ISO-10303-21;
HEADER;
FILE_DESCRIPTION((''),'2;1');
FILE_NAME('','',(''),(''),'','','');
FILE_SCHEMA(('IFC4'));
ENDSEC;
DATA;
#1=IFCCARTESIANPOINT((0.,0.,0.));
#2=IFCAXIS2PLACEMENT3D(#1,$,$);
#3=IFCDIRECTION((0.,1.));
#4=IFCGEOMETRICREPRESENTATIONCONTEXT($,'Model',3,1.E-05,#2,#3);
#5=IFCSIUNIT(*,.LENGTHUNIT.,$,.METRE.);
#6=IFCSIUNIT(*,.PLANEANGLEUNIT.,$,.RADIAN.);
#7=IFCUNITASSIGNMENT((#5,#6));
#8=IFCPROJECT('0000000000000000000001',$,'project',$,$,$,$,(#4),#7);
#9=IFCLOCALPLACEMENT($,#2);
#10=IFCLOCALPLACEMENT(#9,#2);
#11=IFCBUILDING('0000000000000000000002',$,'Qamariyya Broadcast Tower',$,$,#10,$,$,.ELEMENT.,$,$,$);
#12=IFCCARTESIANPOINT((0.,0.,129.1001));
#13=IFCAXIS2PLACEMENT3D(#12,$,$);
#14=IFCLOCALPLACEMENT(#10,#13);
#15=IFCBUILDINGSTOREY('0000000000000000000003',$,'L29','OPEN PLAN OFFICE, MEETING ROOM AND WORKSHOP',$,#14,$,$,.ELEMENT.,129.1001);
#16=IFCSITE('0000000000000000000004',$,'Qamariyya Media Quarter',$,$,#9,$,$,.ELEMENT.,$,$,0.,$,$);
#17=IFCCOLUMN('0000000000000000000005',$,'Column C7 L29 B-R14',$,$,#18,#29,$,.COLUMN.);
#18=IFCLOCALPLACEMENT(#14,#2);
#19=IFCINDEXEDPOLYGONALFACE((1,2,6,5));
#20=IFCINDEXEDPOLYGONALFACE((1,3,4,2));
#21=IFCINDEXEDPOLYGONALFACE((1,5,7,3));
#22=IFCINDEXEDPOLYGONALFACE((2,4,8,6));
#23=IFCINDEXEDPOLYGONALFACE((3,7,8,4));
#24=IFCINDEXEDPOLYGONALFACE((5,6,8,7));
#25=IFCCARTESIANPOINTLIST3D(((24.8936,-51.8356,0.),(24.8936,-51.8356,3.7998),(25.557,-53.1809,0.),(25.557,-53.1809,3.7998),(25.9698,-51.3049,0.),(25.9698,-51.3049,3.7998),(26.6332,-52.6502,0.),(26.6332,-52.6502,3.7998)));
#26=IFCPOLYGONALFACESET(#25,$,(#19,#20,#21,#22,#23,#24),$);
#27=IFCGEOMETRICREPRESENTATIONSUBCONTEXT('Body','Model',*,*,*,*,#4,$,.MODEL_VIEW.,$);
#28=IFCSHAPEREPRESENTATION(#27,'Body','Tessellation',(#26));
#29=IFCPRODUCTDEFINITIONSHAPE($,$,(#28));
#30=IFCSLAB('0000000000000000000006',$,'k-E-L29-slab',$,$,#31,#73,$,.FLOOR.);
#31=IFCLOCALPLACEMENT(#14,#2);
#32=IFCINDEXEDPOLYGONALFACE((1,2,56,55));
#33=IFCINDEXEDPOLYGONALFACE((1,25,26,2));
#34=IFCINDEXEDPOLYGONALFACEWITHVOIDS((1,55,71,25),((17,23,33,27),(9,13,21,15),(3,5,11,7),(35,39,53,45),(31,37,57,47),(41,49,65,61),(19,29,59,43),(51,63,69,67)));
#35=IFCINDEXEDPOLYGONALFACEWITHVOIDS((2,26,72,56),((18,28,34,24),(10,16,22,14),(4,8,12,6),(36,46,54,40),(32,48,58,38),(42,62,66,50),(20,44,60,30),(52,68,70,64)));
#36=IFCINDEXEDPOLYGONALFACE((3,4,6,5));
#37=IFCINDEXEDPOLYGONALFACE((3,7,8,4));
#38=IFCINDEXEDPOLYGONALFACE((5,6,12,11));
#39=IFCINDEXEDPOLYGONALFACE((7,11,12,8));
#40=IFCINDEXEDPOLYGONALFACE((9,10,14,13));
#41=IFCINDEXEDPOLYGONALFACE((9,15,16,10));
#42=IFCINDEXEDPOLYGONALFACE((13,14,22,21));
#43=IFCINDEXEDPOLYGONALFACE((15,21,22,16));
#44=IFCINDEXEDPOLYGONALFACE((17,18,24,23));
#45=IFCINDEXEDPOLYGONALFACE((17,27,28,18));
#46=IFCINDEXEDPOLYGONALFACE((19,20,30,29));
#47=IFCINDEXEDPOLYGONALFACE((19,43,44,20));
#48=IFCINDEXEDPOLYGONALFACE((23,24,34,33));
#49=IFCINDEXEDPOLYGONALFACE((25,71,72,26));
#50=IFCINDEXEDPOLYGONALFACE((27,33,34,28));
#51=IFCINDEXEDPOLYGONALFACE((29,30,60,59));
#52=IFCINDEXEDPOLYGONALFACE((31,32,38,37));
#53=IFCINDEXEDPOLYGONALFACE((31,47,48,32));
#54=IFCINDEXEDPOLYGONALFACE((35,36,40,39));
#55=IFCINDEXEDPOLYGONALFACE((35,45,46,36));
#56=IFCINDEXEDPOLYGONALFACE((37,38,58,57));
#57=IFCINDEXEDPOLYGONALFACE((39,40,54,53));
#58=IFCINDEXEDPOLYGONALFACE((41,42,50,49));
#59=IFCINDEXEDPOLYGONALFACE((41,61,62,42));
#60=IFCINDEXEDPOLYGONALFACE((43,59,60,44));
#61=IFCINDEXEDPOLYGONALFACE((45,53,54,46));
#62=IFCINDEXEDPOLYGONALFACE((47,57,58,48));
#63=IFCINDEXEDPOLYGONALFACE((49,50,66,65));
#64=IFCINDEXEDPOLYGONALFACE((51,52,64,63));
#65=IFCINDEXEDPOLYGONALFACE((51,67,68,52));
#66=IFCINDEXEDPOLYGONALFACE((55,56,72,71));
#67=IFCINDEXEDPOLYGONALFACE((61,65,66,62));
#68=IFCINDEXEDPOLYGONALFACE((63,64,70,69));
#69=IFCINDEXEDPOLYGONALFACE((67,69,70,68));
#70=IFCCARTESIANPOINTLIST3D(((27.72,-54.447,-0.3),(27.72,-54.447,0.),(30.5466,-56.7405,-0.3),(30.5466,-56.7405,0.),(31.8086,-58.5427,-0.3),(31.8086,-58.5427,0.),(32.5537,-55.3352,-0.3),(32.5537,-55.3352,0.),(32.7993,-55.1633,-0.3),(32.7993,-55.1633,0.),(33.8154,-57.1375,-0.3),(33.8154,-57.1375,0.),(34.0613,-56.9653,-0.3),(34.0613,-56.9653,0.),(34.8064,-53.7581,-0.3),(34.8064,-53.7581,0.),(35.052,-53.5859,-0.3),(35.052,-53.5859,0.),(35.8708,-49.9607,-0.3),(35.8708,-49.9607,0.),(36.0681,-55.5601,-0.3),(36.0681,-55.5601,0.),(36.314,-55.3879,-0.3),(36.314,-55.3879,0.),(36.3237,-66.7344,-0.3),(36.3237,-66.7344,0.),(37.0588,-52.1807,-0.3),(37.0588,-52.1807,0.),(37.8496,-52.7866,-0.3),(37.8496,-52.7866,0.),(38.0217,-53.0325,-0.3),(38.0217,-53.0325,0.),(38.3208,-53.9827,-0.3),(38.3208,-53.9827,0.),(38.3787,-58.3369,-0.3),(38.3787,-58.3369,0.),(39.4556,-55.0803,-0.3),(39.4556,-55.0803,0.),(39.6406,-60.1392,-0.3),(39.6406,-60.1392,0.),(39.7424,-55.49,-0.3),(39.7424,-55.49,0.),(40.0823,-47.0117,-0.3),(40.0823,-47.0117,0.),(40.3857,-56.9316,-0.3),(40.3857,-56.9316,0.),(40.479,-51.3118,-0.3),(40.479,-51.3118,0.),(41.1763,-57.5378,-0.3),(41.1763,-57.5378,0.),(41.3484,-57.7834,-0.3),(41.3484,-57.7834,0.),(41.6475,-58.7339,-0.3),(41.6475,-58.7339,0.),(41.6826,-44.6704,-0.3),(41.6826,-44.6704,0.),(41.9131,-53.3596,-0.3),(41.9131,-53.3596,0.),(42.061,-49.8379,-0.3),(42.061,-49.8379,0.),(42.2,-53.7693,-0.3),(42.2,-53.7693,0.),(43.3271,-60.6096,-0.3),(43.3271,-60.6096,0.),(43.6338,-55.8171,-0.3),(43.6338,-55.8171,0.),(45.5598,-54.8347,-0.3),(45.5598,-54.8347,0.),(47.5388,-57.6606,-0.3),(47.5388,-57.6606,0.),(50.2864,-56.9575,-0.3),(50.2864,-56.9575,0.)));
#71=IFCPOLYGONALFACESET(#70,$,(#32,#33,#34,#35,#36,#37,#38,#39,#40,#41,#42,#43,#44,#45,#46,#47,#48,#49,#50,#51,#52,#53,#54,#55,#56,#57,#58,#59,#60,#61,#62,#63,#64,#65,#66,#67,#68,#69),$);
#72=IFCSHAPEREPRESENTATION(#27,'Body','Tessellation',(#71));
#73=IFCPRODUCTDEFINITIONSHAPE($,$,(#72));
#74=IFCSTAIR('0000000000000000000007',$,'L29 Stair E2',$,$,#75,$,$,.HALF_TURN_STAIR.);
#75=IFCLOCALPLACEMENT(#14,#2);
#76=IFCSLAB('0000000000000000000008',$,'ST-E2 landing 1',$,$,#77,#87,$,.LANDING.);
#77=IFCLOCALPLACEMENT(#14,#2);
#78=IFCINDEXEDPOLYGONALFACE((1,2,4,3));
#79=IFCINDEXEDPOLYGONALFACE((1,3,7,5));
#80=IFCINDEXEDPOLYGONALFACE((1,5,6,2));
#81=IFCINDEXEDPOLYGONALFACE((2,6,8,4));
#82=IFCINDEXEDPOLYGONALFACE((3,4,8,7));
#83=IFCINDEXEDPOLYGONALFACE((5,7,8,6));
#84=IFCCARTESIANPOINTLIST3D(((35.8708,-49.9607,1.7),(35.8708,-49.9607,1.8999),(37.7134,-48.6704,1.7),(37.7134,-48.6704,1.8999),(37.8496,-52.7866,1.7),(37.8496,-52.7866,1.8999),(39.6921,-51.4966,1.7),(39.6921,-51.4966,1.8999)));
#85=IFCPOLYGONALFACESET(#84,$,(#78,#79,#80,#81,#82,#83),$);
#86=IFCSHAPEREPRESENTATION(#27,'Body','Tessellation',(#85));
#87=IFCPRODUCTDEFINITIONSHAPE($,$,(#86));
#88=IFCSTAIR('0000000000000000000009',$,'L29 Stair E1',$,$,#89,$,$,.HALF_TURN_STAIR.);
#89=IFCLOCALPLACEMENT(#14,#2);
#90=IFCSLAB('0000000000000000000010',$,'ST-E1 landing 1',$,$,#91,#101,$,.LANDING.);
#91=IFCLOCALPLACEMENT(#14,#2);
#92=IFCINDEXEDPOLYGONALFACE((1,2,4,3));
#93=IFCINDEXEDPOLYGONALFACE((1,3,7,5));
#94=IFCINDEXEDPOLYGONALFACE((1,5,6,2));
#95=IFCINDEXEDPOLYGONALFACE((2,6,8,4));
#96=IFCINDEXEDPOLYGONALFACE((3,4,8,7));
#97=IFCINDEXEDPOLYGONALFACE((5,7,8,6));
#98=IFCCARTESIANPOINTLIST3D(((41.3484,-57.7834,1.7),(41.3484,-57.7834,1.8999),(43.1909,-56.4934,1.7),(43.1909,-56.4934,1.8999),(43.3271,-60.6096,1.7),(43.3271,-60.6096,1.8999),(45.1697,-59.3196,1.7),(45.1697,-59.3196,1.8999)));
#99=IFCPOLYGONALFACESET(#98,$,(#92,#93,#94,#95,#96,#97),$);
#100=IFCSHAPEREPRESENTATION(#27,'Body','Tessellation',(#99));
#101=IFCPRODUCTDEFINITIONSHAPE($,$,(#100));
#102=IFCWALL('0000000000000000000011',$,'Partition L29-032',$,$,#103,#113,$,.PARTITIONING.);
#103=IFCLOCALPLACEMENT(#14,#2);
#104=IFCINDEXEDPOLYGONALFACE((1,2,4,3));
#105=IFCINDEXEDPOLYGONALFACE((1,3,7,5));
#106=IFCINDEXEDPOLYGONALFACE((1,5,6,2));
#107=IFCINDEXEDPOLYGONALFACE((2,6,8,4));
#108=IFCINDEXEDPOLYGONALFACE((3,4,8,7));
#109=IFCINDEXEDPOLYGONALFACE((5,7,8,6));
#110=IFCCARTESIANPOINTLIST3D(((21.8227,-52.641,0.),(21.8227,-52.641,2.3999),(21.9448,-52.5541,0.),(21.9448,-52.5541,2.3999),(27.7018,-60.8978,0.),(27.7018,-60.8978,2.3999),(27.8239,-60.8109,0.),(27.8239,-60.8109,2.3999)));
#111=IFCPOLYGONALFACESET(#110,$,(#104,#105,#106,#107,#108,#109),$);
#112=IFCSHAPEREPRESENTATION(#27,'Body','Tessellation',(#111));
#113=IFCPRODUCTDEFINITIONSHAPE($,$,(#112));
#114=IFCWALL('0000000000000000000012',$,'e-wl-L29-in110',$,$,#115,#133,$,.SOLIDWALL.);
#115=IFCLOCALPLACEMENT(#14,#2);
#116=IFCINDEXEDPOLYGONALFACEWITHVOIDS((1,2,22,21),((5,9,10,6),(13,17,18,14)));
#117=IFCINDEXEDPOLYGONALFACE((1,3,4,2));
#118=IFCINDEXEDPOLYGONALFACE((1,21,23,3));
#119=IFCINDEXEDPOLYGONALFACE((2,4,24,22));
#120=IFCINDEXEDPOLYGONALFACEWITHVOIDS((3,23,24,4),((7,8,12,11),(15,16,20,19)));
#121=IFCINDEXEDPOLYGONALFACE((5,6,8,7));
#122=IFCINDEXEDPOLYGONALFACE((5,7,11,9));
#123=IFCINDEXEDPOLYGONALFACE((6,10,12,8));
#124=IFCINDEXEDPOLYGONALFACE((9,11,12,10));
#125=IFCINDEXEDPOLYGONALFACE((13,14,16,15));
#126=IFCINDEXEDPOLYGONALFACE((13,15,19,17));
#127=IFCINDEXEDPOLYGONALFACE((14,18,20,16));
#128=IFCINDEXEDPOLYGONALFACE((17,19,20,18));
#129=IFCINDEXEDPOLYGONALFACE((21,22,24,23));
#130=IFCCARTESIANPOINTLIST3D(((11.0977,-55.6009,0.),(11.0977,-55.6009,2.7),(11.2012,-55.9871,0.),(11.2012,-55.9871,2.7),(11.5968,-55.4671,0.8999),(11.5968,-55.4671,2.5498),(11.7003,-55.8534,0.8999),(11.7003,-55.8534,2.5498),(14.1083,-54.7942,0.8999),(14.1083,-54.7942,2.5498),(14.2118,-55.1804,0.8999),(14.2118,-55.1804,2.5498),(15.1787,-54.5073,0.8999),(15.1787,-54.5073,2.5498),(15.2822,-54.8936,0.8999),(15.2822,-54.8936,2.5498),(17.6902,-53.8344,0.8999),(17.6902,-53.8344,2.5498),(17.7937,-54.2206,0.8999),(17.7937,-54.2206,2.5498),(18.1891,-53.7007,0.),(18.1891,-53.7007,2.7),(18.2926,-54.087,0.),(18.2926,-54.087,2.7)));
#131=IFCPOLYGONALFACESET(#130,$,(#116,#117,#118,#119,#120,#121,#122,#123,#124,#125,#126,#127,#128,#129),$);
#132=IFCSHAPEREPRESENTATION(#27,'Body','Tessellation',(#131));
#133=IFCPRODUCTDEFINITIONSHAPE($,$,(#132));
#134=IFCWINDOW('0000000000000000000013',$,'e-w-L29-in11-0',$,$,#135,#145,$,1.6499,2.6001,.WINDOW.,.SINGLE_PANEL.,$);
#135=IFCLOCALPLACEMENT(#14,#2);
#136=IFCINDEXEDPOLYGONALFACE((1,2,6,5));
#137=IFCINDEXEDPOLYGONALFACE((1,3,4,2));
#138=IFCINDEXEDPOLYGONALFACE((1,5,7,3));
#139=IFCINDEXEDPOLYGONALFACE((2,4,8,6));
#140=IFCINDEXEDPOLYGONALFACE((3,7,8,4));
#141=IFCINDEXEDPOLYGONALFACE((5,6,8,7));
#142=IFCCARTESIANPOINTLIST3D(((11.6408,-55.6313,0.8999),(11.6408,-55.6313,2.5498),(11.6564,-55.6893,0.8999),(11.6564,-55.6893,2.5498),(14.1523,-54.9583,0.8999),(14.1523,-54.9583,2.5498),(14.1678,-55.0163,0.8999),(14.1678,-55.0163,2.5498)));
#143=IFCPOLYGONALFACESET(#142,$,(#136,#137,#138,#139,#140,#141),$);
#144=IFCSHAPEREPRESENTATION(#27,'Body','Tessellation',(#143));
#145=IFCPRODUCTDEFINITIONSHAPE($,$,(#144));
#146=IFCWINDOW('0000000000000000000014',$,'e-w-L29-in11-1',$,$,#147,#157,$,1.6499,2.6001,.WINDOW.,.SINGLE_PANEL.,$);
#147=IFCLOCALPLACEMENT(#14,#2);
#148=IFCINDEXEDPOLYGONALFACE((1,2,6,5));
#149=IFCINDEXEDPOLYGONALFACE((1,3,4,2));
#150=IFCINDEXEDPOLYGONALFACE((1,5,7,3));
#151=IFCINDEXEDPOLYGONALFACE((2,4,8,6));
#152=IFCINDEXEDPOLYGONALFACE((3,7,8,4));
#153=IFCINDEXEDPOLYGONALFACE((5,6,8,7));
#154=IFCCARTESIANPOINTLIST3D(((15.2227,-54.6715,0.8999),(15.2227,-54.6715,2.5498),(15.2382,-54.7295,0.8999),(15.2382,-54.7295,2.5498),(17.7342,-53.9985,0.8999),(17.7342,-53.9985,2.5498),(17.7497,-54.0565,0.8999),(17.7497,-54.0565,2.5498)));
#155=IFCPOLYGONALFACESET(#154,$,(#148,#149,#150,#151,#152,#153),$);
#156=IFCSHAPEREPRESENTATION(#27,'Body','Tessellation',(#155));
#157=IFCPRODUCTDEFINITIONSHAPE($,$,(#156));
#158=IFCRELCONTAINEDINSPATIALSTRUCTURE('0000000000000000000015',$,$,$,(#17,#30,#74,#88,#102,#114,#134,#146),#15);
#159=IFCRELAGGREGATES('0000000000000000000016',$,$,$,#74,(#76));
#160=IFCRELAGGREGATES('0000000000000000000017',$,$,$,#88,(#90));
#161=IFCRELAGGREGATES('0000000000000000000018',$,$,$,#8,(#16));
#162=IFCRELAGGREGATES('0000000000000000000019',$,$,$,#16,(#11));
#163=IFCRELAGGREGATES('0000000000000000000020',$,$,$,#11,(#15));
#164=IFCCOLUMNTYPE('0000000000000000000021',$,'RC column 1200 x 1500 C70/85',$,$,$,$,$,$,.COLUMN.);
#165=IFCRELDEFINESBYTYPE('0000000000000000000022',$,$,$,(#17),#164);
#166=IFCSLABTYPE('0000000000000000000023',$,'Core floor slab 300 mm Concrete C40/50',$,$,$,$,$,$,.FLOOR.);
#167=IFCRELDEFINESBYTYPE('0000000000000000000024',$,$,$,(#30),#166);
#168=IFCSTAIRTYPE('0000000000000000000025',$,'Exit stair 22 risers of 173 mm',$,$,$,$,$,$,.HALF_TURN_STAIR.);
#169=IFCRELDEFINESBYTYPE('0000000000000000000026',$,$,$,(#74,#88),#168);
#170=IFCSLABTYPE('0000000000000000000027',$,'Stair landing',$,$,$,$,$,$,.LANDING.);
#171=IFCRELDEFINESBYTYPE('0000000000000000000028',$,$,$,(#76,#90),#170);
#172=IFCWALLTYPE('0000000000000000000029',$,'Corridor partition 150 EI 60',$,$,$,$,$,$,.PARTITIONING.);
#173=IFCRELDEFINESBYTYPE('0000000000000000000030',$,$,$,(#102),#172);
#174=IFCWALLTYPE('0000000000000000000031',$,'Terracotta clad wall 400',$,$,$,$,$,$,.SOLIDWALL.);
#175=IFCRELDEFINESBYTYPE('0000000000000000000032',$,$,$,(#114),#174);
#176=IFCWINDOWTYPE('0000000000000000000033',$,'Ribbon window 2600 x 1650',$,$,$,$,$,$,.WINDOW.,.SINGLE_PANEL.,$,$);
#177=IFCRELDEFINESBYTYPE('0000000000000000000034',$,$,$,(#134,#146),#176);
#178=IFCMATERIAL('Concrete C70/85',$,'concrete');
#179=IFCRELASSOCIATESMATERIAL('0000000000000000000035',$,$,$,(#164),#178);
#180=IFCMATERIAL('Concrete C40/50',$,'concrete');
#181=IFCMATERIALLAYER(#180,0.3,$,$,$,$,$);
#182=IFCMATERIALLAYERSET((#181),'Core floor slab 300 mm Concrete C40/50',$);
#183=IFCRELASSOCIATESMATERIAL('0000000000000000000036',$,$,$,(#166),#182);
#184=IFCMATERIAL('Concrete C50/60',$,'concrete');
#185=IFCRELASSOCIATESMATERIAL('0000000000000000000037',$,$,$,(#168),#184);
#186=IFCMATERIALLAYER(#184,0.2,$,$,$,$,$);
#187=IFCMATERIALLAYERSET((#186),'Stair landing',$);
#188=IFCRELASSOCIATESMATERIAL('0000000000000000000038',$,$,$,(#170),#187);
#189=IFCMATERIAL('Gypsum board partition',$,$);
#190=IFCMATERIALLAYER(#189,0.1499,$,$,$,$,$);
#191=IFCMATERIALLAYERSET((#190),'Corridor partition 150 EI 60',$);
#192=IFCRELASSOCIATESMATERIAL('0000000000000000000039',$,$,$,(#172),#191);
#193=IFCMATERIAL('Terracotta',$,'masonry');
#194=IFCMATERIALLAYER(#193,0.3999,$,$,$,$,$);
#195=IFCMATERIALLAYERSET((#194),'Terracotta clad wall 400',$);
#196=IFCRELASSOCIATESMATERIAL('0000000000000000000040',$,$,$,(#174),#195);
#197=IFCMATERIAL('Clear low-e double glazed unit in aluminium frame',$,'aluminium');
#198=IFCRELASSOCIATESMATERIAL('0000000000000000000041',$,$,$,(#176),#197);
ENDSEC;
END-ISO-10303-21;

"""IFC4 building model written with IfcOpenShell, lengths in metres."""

from ifc_helpers import new_model, si_unit, direction, frame, frame_2d, origin, origin_2d, place, context, subcontext, project, spatial, polyline, rectangle, outline, extrude, material, layer, layer_set, material_profile, profile_set, type_object, element, fill, aggregate, save


model = new_model("IFC4")

# Units and contexts
model_context = context("Model", 3, precision=1e-05, world=origin(), true_north=direction((0.0, 1.0)))
body_context = subcontext(model_context, "Body", "Model", "MODEL_VIEW")
ifc_project = project(units=[si_unit("LENGTHUNIT", "METRE"), si_unit("PLANEANGLEUNIT", "RADIAN")], contexts=[model_context])

# Site, building, storey
site_placement = place(None, origin())
site = spatial("IfcSite", under=ifc_project, at=site_placement, Name="Qamariyya Media Quarter", CompositionType="ELEMENT", RefElevation=0.0)
building_placement = place(site_placement, origin())
building = spatial("IfcBuilding", under=site, at=building_placement, Name="Qamariyya Broadcast Tower", CompositionType="ELEMENT")
storey_placement = place(building_placement, frame((0.0, 0.0, 129.1001)))
storey = spatial("IfcBuildingStorey", under=building, at=storey_placement, Name="L29", Description="OPEN PLAN OFFICE, MEETING ROOM AND WORKSHOP", CompositionType="ELEMENT", Elevation=129.1001)

# Column
ifc_material_1 = material(Name="Concrete C70/85", Category="concrete")
ifc_material_profile = material_profile(ifc_material_1, rectangle(XDim=1.2, YDim=1.5, at=origin_2d()))
ifc_profile_set = profile_set([ifc_material_profile], Name="Concrete C70/85")
column_type = type_object("IfcColumnType", Name="RC column 1200 x 1500 C70/85", PredefinedType="COLUMN", material=ifc_profile_set)
column_placement = place(storey_placement, frame((25.7634, -52.2429, 0.0), z_axis=(0.0, 0.0, 1.0), x_axis=(0.896873, 0.442289, 0.0)))
element("IfcColumn", 1, at=column_placement, inside=storey, type_object=column_type, Name="Column C7 L29 B-R14", PredefinedType="COLUMN", context=body_context, shape_type="SweptSolid", body=[
    extrude(rectangle(XDim=1.2, YDim=1.5, at=origin_2d()), origin(), (0.0, 0.0, 1.0), 3.7998),
])

# Slab
ifc_material_2 = material(Name="Concrete C40/50", Category="concrete")
ifc_layer_1 = layer(ifc_material_2, 0.3)
ifc_layer_set_1 = layer_set([ifc_layer_1], Name="Core floor slab 300 mm Concrete C40/50")
slab_type_1 = type_object("IfcSlabType", Name="Core floor slab 300 mm Concrete C40/50", PredefinedType="FLOOR", material=ifc_layer_set_1)
slab_1_placement = place(storey_placement, frame((0.0, 0.0, -0.3)))
element("IfcSlab", 2, at=slab_1_placement, inside=storey, type_object=slab_type_1, Name="k-E-L29-slab", PredefinedType="FLOOR", context=body_context, shape_type="SweptSolid", body=[
    extrude(outline(polyline([(36.3237, -66.7344), (50.2864, -56.9575), (41.6826, -44.6704), (27.72, -54.447), (36.3237, -66.7344)]), holes=[polyline([(31.8086, -58.5427), (33.8154, -57.1375), (32.5537, -55.3352), (30.5466, -56.7405), (31.8086, -58.5427)]), polyline([(34.0613, -56.9653), (36.0681, -55.5601), (34.8064, -53.7581), (32.7993, -55.1633), (34.0613, -56.9653)]), polyline([(36.314, -55.3879), (38.3208, -53.9827), (37.0588, -52.1807), (35.052, -53.5859), (36.314, -55.3879)]), polyline([(38.3787, -58.3369), (40.3857, -56.9316), (41.6475, -58.7339), (39.6406, -60.1392), (38.3787, -58.3369)]), polyline([(39.7424, -55.49), (42.2, -53.7693), (43.6338, -55.8171), (41.1763, -57.5378), (39.7424, -55.49)]), polyline([(39.4556, -55.0803), (41.9131, -53.3596), (40.479, -51.3118), (38.0217, -53.0325), (39.4556, -55.0803)]), polyline([(40.0823, -47.0117), (35.8708, -49.9607), (37.8496, -52.7866), (42.061, -49.8379), (40.0823, -47.0117)]), polyline([(45.5598, -54.8347), (41.3484, -57.7834), (43.3271, -60.6096), (47.5388, -57.6606), (45.5598, -54.8347)])]), origin(), (0.0, 0.0, 1.0), 0.3),
])

# Stairs, slabs
ifc_material_3 = material(Name="Concrete C50/60", Category="concrete")
stair_type = type_object("IfcStairType", Name="Exit stair 22 risers of 173 mm", PredefinedType="HALF_TURN_STAIR", material=ifc_material_3)
stair_1_placement = place(storey_placement, origin())
stair_1 = element("IfcStair", 3, at=stair_1_placement, inside=storey, type_object=stair_type, Name="L29 Stair E2", PredefinedType="HALF_TURN_STAIR")
ifc_layer_2 = layer(ifc_material_3, 0.2)
ifc_layer_set_2 = layer_set([ifc_layer_2], Name="Stair landing")
slab_type_2 = type_object("IfcSlabType", Name="Stair landing", PredefinedType="LANDING", material=ifc_layer_set_2)
slab_2_placement = place(storey_placement, frame((0.0, 0.0, 1.7)))
slab_2 = element("IfcSlab", 4, at=slab_2_placement, type_object=slab_type_2, Name="ST-E2 landing 1", PredefinedType="LANDING", context=body_context, shape_type="SweptSolid", body=[
    extrude(outline(polyline([(37.7134, -48.6704), (35.8708, -49.9607), (37.8496, -52.7866), (39.6921, -51.4966), (37.7134, -48.6704)])), origin(), (0.0, 0.0, 1.0), 0.2),
])
aggregate(stair_1, [slab_2])
stair_2_placement = place(storey_placement, origin())
stair_2 = element("IfcStair", 5, at=stair_2_placement, inside=storey, type_object=stair_type, Name="L29 Stair E1", PredefinedType="HALF_TURN_STAIR")
slab_3_placement = place(storey_placement, frame((0.0, 0.0, 1.7)))
slab_3 = element("IfcSlab", 6, at=slab_3_placement, type_object=slab_type_2, Name="ST-E1 landing 1", PredefinedType="LANDING", context=body_context, shape_type="SweptSolid", body=[
    extrude(outline(polyline([(43.1909, -56.4934), (41.3484, -57.7834), (43.3271, -60.6096), (45.1697, -59.3196), (43.1909, -56.4934)])), origin(), (0.0, 0.0, 1.0), 0.2),
])
aggregate(stair_2, [slab_3])

# Wall
ifc_material_4 = material(Name="Gypsum board partition")
ifc_layer_3 = layer(ifc_material_4, 0.1499)
ifc_layer_set_3 = layer_set([ifc_layer_3], Name="Corridor partition 150 EI 60")
wall_type_1 = type_object("IfcWallType", Name="Corridor partition 150 EI 60", PredefinedType="PARTITIONING", material=ifc_layer_set_3)
wall_1_placement = place(storey_placement, frame((21.8838, -52.5977, 0.0), z_axis=(0.0, 0.0, 1.0), x_axis=(0.580023, -0.8146, 0.0)))
element("IfcWall", 7, at=wall_1_placement, inside=storey, type_object=wall_type_1, Name="Partition L29-032", PredefinedType="PARTITIONING", context=body_context, shape_type="SweptSolid", body=[
    extrude(rectangle(XDim=10.136, YDim=0.1499, at=frame_2d((5.0679, 0.0))), origin(), (0.0, 0.0, 1.0), 2.3999),
])

# Wall, openings, windows
ifc_material_5 = material(Name="Terracotta", Category="masonry")
ifc_layer_4 = layer(ifc_material_5, 0.3999)
ifc_layer_set_4 = layer_set([ifc_layer_4], Name="Terracotta clad wall 400")
wall_type_2 = type_object("IfcWallType", Name="Terracotta clad wall 400", PredefinedType="SOLIDWALL", material=ifc_layer_set_4)
wall_2_placement = place(storey_placement, frame((18.241, -53.8938, 0.0), z_axis=(0.0, 0.0, 1.0), x_axis=(-0.965925, -0.258824, 0.0)))
wall_2 = element("IfcWall", 8, at=wall_2_placement, inside=storey, type_object=wall_type_2, Name="e-wl-L29-in110", PredefinedType="SOLIDWALL", context=body_context, shape_type="SweptSolid", body=[
    extrude(rectangle(XDim=7.3416, YDim=0.3999, at=frame_2d((3.6709, 0.0))), origin(), (0.0, 0.0, 1.0), 2.7),
])
opening_1_placement = place(wall_2_placement, frame((4.2249, 0.0, 0.8999)))
opening_1 = element("IfcOpeningElement", 9, at=opening_1_placement, cuts=wall_2, PredefinedType="OPENING", context=body_context, shape_type="SweptSolid", body=[
    extrude(rectangle(XDim=2.6001, YDim=1.6499, at=frame_2d((1.3, 0.825))), frame((0.0, 0.21, 0.0), z_axis=(0.0, -1.0, 0.0), x_axis=(1.0, 0.0, 0.0)), (0.0, 0.0, 1.0), 0.4199),
])
opening_2_placement = place(wall_2_placement, frame((0.5166, 0.0, 0.8999)))
opening_2 = element("IfcOpeningElement", 10, at=opening_2_placement, cuts=wall_2, PredefinedType="OPENING", context=body_context, shape_type="SweptSolid", body=[
    extrude(rectangle(XDim=2.6001, YDim=1.6499, at=frame_2d((1.3, 0.825))), frame((0.0, 0.21, 0.0), z_axis=(0.0, -1.0, 0.0), x_axis=(1.0, 0.0, 0.0)), (0.0, 0.0, 1.0), 0.4199),
])
ifc_material_6 = material(Name="Clear low-e double glazed unit in aluminium frame", Category="aluminium")
window_type = type_object("IfcWindowType", Name="Ribbon window 2600 x 1650", PartitioningType="SINGLE_PANEL", PredefinedType="WINDOW", material=ifc_material_6)
window_1_placement = place(opening_1_placement, origin())
window_1 = element("IfcWindow", 11, at=window_1_placement, inside=storey, type_object=window_type, Name="e-w-L29-in11-0", OverallHeight=1.6499, OverallWidth=2.6001, PartitioningType="SINGLE_PANEL", PredefinedType="WINDOW", context=body_context, shape_type="SweptSolid", body=[
    extrude(rectangle(XDim=2.6001, YDim=1.6499, at=frame_2d((1.3, 0.825))), frame((0.0, 0.03, 0.0), z_axis=(0.0, -1.0, 0.0), x_axis=(1.0, 0.0, 0.0)), (0.0, 0.0, 1.0), 0.0601),
])
fill(opening_1, window_1)
window_2_placement = place(opening_2_placement, origin())
window_2 = element("IfcWindow", 12, at=window_2_placement, inside=storey, type_object=window_type, Name="e-w-L29-in11-1", OverallHeight=1.6499, OverallWidth=2.6001, PartitioningType="SINGLE_PANEL", PredefinedType="WINDOW", context=body_context, shape_type="SweptSolid", body=[
    extrude(rectangle(XDim=2.6001, YDim=1.6499, at=frame_2d((1.3, 0.825))), frame((0.0, 0.03, 0.0), z_axis=(0.0, -1.0, 0.0), x_axis=(1.0, 0.0, 0.0)), (0.0, 0.0, 1.0), 0.0601),
])
fill(opening_2, window_2)

save(model, "model.ifc")
